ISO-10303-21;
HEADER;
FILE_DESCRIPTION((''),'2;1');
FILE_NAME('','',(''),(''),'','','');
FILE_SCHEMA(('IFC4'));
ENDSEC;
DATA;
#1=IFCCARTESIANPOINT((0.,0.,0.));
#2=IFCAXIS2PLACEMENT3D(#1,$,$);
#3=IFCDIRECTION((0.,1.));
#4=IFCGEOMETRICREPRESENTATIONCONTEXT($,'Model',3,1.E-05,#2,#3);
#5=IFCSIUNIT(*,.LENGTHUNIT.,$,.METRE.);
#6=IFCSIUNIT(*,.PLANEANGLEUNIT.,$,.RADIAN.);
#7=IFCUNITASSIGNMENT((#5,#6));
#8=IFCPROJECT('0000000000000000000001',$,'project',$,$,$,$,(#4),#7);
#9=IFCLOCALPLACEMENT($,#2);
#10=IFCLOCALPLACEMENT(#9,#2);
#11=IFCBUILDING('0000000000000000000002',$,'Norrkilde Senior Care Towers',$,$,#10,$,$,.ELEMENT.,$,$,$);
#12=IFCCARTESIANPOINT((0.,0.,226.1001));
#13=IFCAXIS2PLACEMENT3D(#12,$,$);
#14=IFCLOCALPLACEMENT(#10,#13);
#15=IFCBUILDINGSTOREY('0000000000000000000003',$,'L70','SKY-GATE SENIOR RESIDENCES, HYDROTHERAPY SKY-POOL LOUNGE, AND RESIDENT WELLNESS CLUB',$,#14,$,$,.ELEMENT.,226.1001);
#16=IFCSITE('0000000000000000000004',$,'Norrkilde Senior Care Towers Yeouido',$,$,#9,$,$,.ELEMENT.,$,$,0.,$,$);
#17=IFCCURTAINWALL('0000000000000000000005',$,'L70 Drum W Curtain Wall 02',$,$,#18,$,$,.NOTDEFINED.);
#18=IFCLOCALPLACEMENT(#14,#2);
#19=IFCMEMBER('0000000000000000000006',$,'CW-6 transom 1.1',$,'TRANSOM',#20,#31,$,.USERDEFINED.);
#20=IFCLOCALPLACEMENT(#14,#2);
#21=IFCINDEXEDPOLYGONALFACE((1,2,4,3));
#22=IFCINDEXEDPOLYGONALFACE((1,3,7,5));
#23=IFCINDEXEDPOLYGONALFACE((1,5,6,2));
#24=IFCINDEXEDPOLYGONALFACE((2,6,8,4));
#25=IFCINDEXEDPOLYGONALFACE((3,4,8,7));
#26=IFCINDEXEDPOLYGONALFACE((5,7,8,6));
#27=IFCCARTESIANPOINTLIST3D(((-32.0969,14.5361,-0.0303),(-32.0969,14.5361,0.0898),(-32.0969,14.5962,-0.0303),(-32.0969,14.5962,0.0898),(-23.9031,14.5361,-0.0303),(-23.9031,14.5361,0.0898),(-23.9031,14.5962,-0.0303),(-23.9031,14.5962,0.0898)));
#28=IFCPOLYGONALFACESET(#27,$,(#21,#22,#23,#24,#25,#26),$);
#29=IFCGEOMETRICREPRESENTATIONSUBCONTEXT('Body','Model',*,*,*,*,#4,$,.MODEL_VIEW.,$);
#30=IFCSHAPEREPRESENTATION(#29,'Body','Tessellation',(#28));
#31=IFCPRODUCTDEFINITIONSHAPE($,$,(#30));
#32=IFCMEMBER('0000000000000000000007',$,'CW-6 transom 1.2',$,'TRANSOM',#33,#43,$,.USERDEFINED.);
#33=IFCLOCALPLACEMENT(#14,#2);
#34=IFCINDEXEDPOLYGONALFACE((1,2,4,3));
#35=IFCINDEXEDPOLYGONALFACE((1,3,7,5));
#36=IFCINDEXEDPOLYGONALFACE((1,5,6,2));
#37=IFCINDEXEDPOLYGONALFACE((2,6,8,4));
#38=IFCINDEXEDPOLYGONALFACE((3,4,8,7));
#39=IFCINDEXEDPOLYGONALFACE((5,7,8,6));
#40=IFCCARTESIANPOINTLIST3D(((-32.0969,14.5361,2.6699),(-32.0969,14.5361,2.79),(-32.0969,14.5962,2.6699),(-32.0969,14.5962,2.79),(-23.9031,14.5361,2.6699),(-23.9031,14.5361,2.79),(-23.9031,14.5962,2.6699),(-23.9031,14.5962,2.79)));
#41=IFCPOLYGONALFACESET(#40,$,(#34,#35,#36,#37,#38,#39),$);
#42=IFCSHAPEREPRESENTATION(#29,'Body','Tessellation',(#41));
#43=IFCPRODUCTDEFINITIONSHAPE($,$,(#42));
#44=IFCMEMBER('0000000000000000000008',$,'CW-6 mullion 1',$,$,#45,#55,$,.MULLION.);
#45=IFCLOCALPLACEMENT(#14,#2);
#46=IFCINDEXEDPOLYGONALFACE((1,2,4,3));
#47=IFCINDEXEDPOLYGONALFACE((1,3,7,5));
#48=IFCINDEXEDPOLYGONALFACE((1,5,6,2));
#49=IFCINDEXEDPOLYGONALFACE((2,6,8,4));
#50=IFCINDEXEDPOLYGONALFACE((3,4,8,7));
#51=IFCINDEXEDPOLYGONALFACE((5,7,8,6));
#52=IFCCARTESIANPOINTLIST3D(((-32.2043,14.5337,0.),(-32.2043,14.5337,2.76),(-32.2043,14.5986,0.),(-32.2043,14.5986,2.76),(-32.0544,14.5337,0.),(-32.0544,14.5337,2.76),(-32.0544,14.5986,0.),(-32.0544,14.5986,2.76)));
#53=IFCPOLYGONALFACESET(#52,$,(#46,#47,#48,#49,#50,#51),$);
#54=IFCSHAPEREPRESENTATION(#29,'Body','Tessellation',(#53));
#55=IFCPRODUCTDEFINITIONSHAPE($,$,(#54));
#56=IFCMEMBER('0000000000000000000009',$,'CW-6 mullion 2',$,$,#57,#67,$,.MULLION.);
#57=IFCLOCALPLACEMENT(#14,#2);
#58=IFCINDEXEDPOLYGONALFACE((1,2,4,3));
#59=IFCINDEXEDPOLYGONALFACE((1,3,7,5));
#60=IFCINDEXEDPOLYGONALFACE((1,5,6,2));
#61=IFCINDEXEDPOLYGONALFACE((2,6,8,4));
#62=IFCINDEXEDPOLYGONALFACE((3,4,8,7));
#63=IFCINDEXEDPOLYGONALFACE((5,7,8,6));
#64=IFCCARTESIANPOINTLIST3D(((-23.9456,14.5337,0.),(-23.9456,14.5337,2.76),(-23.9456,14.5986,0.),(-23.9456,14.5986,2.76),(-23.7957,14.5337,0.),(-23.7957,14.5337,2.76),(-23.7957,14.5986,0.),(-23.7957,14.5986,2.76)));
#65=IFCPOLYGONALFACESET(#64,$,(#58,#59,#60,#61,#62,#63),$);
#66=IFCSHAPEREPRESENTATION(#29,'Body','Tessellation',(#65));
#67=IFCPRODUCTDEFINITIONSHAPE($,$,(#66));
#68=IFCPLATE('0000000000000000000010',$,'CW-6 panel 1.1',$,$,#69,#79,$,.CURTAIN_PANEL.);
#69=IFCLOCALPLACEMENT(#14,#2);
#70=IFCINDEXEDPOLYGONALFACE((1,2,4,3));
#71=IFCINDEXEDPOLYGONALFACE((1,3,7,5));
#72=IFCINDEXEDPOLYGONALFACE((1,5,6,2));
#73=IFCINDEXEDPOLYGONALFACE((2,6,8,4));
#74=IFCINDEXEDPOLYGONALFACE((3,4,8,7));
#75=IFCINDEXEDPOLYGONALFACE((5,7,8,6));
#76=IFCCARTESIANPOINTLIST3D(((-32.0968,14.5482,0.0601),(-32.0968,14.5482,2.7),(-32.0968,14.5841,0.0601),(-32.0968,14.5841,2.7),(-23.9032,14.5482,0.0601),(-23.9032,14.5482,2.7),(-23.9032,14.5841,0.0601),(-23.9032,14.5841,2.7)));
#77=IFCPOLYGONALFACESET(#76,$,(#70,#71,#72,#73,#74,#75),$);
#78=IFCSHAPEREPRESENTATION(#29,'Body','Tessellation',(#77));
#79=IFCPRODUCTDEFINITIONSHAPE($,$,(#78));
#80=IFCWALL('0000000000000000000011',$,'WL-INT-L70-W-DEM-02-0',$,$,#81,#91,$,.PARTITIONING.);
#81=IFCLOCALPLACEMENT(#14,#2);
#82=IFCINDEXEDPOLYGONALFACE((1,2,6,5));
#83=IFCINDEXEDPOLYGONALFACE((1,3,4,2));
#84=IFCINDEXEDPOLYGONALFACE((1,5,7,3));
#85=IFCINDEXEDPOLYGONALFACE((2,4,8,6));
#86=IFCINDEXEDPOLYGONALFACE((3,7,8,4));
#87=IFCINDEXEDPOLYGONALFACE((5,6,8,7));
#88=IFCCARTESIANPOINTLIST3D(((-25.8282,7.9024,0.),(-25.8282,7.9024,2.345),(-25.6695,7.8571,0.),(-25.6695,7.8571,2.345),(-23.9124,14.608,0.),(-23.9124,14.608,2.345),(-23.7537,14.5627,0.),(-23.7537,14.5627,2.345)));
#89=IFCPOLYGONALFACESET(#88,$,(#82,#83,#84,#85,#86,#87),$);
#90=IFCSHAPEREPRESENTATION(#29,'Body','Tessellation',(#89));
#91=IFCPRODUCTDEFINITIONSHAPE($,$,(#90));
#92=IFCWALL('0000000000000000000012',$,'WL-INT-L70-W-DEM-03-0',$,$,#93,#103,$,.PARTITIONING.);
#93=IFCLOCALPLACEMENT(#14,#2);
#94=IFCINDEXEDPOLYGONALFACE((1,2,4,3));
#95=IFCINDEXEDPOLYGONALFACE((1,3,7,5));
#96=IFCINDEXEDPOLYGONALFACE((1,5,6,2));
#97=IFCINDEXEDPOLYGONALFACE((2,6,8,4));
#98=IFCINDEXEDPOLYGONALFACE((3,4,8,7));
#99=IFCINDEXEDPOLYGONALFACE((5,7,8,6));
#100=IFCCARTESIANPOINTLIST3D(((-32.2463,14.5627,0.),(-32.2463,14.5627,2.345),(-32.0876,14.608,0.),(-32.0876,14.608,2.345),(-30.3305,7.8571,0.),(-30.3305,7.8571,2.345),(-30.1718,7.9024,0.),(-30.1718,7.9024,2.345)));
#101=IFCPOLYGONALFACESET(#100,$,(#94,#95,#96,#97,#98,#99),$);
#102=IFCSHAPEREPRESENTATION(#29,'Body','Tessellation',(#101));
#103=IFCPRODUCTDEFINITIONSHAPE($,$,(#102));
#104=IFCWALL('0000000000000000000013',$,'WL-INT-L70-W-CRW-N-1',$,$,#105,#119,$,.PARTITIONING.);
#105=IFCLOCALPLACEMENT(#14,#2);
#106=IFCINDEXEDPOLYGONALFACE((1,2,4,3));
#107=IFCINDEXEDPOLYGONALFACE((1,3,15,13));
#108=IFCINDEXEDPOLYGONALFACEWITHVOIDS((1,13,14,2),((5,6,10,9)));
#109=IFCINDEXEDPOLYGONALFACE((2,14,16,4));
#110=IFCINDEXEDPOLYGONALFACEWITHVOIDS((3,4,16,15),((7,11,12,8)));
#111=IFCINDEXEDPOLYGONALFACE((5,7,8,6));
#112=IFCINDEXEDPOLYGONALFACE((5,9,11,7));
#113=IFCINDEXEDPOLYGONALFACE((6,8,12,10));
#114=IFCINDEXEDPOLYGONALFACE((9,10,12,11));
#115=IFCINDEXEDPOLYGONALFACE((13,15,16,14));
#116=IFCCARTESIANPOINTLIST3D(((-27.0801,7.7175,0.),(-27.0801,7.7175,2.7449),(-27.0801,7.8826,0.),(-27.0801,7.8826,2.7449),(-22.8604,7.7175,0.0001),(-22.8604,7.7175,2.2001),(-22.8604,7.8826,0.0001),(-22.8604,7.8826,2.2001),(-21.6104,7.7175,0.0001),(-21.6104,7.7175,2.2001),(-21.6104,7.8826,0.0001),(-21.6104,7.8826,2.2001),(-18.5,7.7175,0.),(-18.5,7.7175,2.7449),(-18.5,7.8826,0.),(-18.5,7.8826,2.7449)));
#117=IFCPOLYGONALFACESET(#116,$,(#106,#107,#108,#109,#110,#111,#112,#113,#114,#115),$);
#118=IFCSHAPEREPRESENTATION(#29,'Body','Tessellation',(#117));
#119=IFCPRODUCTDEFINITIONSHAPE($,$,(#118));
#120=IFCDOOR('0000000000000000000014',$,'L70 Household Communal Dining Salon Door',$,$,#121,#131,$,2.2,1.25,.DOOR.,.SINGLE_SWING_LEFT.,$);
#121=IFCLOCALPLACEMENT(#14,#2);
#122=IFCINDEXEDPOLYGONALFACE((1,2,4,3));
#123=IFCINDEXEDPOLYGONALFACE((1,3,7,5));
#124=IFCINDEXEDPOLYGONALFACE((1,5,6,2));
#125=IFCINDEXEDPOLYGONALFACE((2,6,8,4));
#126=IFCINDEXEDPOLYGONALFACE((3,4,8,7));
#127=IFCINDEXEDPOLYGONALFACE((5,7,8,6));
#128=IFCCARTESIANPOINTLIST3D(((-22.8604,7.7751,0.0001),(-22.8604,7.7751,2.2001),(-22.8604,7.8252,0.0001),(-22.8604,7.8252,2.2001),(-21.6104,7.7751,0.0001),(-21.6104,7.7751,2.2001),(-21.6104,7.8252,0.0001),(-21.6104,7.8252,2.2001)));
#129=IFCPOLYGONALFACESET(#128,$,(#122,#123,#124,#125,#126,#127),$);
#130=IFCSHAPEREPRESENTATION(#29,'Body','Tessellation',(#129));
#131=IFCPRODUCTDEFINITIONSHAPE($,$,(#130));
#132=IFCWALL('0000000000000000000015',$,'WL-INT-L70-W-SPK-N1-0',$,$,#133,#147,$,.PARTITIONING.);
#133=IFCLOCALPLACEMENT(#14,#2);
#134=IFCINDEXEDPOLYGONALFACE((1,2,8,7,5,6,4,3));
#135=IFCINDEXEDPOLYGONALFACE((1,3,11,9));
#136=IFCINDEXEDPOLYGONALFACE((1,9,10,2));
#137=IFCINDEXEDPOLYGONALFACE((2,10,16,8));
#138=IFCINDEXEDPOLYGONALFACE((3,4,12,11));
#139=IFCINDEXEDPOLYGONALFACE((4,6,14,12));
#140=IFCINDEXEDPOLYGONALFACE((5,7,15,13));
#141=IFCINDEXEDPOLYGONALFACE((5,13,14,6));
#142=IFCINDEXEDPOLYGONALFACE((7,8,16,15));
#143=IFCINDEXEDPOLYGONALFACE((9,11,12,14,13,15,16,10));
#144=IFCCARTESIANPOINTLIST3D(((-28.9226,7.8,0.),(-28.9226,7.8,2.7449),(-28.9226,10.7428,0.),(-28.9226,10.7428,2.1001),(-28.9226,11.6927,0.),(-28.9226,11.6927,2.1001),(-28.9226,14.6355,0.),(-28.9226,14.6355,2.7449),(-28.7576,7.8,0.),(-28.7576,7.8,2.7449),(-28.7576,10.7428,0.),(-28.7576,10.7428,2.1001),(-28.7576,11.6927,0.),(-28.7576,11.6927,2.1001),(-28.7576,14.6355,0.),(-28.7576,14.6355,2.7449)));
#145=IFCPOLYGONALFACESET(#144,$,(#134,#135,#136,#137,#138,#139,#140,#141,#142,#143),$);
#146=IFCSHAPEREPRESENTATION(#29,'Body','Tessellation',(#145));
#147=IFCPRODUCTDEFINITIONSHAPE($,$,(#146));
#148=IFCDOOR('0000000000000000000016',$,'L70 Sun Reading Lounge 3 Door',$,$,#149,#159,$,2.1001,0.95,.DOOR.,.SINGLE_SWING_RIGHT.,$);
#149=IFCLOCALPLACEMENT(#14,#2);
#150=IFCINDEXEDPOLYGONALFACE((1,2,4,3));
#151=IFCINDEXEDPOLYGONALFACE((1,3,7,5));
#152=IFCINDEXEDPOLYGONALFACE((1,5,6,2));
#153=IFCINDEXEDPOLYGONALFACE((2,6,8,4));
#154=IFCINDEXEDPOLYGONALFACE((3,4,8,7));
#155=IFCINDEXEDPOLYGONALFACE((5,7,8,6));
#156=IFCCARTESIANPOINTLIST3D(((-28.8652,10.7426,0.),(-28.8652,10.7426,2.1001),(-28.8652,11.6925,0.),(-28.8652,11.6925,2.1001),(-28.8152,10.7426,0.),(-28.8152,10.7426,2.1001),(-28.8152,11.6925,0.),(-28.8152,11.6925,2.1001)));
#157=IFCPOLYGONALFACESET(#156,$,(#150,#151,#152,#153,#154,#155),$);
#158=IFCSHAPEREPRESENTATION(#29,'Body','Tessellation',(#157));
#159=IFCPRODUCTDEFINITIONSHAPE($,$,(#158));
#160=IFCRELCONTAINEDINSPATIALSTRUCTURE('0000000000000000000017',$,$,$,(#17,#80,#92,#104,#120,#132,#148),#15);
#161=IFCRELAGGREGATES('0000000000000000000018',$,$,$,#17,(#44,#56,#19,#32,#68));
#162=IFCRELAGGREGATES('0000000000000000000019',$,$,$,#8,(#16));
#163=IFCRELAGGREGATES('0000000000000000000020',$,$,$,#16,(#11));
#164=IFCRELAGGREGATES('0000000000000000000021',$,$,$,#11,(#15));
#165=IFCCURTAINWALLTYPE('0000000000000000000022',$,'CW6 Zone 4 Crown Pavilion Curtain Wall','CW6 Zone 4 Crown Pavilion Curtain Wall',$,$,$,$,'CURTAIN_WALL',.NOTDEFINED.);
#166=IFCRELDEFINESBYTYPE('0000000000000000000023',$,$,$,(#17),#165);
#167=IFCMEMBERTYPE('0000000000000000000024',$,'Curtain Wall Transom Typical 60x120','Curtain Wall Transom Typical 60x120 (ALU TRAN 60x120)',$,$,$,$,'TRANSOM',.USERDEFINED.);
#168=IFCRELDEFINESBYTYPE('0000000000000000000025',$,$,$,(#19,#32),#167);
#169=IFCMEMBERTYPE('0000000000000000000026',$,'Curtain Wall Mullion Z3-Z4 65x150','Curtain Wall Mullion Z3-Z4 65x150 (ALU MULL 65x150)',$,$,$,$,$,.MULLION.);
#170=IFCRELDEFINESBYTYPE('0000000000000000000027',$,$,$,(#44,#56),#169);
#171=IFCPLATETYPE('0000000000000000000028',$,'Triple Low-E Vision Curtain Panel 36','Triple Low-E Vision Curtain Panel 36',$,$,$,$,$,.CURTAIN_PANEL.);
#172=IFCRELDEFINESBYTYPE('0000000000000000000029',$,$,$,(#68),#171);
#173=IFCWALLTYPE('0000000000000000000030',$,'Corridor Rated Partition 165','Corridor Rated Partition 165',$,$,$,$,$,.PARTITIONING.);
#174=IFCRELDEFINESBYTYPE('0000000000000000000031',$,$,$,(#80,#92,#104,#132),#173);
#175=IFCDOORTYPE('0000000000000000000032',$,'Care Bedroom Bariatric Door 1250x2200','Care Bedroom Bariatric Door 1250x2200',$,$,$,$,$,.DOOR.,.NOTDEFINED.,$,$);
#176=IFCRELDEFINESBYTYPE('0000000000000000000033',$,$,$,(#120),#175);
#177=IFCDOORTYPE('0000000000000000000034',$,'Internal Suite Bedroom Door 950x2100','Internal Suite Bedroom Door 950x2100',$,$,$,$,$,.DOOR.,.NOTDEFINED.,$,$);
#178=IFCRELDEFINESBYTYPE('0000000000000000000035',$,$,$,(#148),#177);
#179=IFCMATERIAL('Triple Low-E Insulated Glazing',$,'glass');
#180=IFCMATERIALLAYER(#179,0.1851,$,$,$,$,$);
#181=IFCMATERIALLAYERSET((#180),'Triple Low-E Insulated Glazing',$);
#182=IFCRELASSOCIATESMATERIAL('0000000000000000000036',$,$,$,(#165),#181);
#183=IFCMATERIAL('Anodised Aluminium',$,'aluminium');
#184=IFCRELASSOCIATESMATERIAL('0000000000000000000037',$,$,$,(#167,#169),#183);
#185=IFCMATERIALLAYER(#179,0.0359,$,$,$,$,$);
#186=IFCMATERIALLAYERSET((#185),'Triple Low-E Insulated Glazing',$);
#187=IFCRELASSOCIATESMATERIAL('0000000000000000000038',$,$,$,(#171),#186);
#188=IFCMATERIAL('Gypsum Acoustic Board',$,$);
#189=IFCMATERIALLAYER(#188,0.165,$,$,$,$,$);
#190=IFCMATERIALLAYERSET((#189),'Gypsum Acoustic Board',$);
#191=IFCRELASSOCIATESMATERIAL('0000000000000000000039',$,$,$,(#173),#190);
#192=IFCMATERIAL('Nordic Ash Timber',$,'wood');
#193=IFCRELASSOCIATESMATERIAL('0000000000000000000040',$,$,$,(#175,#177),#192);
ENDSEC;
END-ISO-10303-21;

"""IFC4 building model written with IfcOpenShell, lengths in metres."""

from ifc_helpers import new_model, si_unit, direction, frame, frame_2d, origin, origin_2d, place, context, subcontext, project, spatial, rectangle, extrude, source, transform, mapped, material, layer, layer_set, material_profile, profile_set, type_object, type_shapes, element, fill, aggregate, save


model = new_model("IFC4")

# Units and contexts
model_context = context("Model", 3, precision=1e-05, world=origin(), true_north=direction((0.0, 1.0)))
body_context = subcontext(model_context, "Body", "Model", "MODEL_VIEW")
ifc_project = project(units=[si_unit("LENGTHUNIT", "METRE"), si_unit("PLANEANGLEUNIT", "RADIAN")], contexts=[model_context])

# Site, building, storey
site_placement = place(None, origin())
site = spatial("IfcSite", under=ifc_project, at=site_placement, Name="Norrkilde Senior Care Towers Yeouido", CompositionType="ELEMENT", RefElevation=0.0)
building_placement = place(site_placement, origin())
building = spatial("IfcBuilding", under=site, at=building_placement, Name="Norrkilde Senior Care Towers", CompositionType="ELEMENT")
storey_placement = place(building_placement, frame((0.0, 0.0, 226.1001)))
storey = spatial("IfcBuildingStorey", under=building, at=storey_placement, Name="L70", Description="SKY-GATE SENIOR RESIDENCES, HYDROTHERAPY SKY-POOL LOUNGE, AND RESIDENT WELLNESS CLUB", CompositionType="ELEMENT", Elevation=226.1001)

# Curtain wall, members, plate
ifc_material_1 = material(Name="Triple Low-E Insulated Glazing", Category="glass")
ifc_layer_1 = layer(ifc_material_1, 0.1851)
ifc_layer_set_1 = layer_set([ifc_layer_1], Name="Triple Low-E Insulated Glazing")
curtain_wall_type = type_object("IfcCurtainWallType", Name="CW6 Zone 4 Crown Pavilion Curtain Wall", Description="CW6 Zone 4 Crown Pavilion Curtain Wall", ElementType="CURTAIN_WALL", PredefinedType="NOTDEFINED", material=ifc_layer_set_1)
curtain_wall_placement = place(storey_placement, origin())
curtain_wall = element("IfcCurtainWall", 1, at=curtain_wall_placement, inside=storey, type_object=curtain_wall_type, Name="L70 Drum W Curtain Wall 02", PredefinedType="NOTDEFINED")
ifc_material_2 = material(Name="Anodised Aluminium", Category="aluminium")
ifc_material_profile_1 = material_profile(ifc_material_2, rectangle(XDim=0.0601, YDim=0.1201, at=origin_2d()), Name="ALU TRAN 60x120")
ifc_profile_set_1 = profile_set([ifc_material_profile_1], Name="Anodised Aluminium")
member_type_1 = type_object("IfcMemberType", Name="Curtain Wall Transom Typical 60x120", Description="Curtain Wall Transom Typical 60x120 (ALU TRAN 60x120)", ElementType="TRANSOM", PredefinedType="USERDEFINED", material=ifc_profile_set_1)
shared_shape_1 = source(origin(), body_context, "Body", "SweptSolid", [
    extrude(rectangle(XDim=0.0601, YDim=0.1201, at=origin_2d()), origin(), (0.0, 0.0, 1.0), 8.1938),
])
type_shapes(member_type_1, [shared_shape_1])
member_1_placement = place(storey_placement, frame((-32.0969, 14.5662, 0.0298), z_axis=(1.0, 0.0, 0.0), x_axis=(0.0, 1.0, 0.0)))
member_1 = element("IfcMember", 2, at=member_1_placement, type_object=member_type_1, Name="CW-6 transom 1.1", ObjectType="TRANSOM", PredefinedType="USERDEFINED", context=body_context, shape_type="MappedRepresentation", body=[
    mapped(shared_shape_1, transform((0.0, 0.0, 0.0), x_axis=(1.0, 0.0, 0.0), y_axis=(0.0, 1.0, 0.0), z_axis=(0.0, 0.0, 1.0), scale=1.0)),
])
member_2_placement = place(storey_placement, frame((-32.0969, 14.5662, 2.73), z_axis=(1.0, 0.0, 0.0), x_axis=(0.0, 1.0, 0.0)))
member_2 = element("IfcMember", 3, at=member_2_placement, type_object=member_type_1, Name="CW-6 transom 1.2", ObjectType="TRANSOM", PredefinedType="USERDEFINED", context=body_context, shape_type="MappedRepresentation", body=[
    mapped(shared_shape_1, transform((0.0, 0.0, 0.0), x_axis=(1.0, 0.0, 0.0), y_axis=(0.0, 1.0, 0.0), z_axis=(0.0, 0.0, 1.0), scale=1.0)),
])
ifc_material_profile_2 = material_profile(ifc_material_2, rectangle(XDim=0.0649, YDim=0.1499, at=origin_2d()), Name="ALU MULL 65x150")
ifc_profile_set_2 = profile_set([ifc_material_profile_2], Name="Anodised Aluminium")
member_type_2 = type_object("IfcMemberType", Name="Curtain Wall Mullion Z3-Z4 65x150", Description="Curtain Wall Mullion Z3-Z4 65x150 (ALU MULL 65x150)", PredefinedType="MULLION", material=ifc_profile_set_2)
shared_shape_2 = source(origin(), body_context, "Body", "SweptSolid", [
    extrude(rectangle(XDim=0.0649, YDim=0.1499, at=origin_2d()), origin(), (0.0, 0.0, 1.0), 2.76),
])
type_shapes(member_type_2, [shared_shape_2])
member_3_placement = place(storey_placement, frame((-32.1294, 14.5662, 0.0), z_axis=(0.0, 0.0, 1.0), x_axis=(0.0, 1.0, 0.0)))
member_3 = element("IfcMember", 4, at=member_3_placement, type_object=member_type_2, Name="CW-6 mullion 1", PredefinedType="MULLION", context=body_context, shape_type="MappedRepresentation", body=[
    mapped(shared_shape_2, transform((0.0, 0.0, 0.0), x_axis=(1.0, 0.0, 0.0), y_axis=(0.0, 1.0, 0.0), z_axis=(0.0, 0.0, 1.0), scale=1.0)),
])
member_4_placement = place(storey_placement, frame((-23.8706, 14.5662, 0.0), z_axis=(0.0, 0.0, 1.0), x_axis=(0.0, 1.0, 0.0)))
member_4 = element("IfcMember", 5, at=member_4_placement, type_object=member_type_2, Name="CW-6 mullion 2", PredefinedType="MULLION", context=body_context, shape_type="MappedRepresentation", body=[
    mapped(shared_shape_2, transform((0.0, 0.0, 0.0), x_axis=(1.0, 0.0, 0.0), y_axis=(0.0, 1.0, 0.0), z_axis=(0.0, 0.0, 1.0), scale=1.0)),
])
ifc_layer_2 = layer(ifc_material_1, 0.0359)
ifc_layer_set_2 = layer_set([ifc_layer_2], Name="Triple Low-E Insulated Glazing")
plate_type = type_object("IfcPlateType", Name="Triple Low-E Vision Curtain Panel 36", Description="Triple Low-E Vision Curtain Panel 36", PredefinedType="CURTAIN_PANEL", material=ifc_layer_set_2)
shared_shape_3 = source(origin(), body_context, "Body", "SweptSolid", [
    extrude(rectangle(XDim=8.1936, YDim=0.0359, at=origin_2d()), origin(), (0.0, 0.0, 1.0), 2.6399),
])
type_shapes(plate_type, [shared_shape_3])
plate_placement = place(storey_placement, frame((-28.0, 14.5662, 0.0601), z_axis=(0.0, 0.0, 1.0), x_axis=(1.0, 0.0, 0.0)))
plate = element("IfcPlate", 6, at=plate_placement, type_object=plate_type, Name="CW-6 panel 1.1", PredefinedType="CURTAIN_PANEL", context=body_context, shape_type="MappedRepresentation", body=[
    mapped(shared_shape_3, transform((0.0, 0.0, 0.0), x_axis=(1.0, 0.0, 0.0), y_axis=(0.0, 1.0, 0.0), z_axis=(0.0, 0.0, 1.0), scale=1.0)),
])
aggregate(curtain_wall, [member_3, member_4, member_1, member_2, plate])

# Walls
ifc_material_3 = material(Name="Gypsum Acoustic Board")
ifc_layer_3 = layer(ifc_material_3, 0.165)
ifc_layer_set_3 = layer_set([ifc_layer_3], Name="Gypsum Acoustic Board")
wall_type = type_object("IfcWallType", Name="Corridor Rated Partition 165", Description="Corridor Rated Partition 165", PredefinedType="PARTITIONING", material=ifc_layer_set_3)
shared_shape_4 = source(origin(), body_context, "Body", "SweptSolid", [
    extrude(rectangle(XDim=6.9739, YDim=0.165, at=frame_2d((3.4868, 0.0))), origin(), (0.0, 0.0, 1.0), 2.345),
])
for number, where, z_axis, x_axis, name in (
    (7, (-25.7488, 7.8799, 0.0), (0.0, 0.0, 1.0), (0.274707, 0.961528, 0.0), "WL-INT-L70-W-DEM-02-0"),
    (8, (-30.2512, 7.8799, 0.0), (0.0, 0.0, 1.0), (-0.274707, 0.961528, 0.0), "WL-INT-L70-W-DEM-03-0"),
):
    element("IfcWall", number, at=place(storey_placement, frame(where, z_axis=z_axis, x_axis=x_axis)), inside=storey, type_object=wall_type, Name=name, PredefinedType="PARTITIONING", context=body_context, shape_type="MappedRepresentation", body=[
        mapped(shared_shape_4, transform((0.0, 0.0, 0.0), x_axis=(1.0, 0.0, 0.0), y_axis=(0.0, 1.0, 0.0), z_axis=(0.0, 0.0, 1.0), scale=1.0)),
    ])

# Walls, openings, doors
shared_shape_5 = source(origin(), body_context, "Body", "SweptSolid", [
    extrude(rectangle(XDim=8.5801, YDim=0.165, at=frame_2d((4.29, 0.0))), origin(), (0.0, 0.0, 1.0), 2.7449),
])
wall_1_placement = place(storey_placement, frame((-27.0801, 7.8, 0.0), z_axis=(0.0, 0.0, 1.0), x_axis=(1.0, 0.0, 0.0)))
wall_1 = element("IfcWall", 9, at=wall_1_placement, inside=storey, type_object=wall_type, Name="WL-INT-L70-W-CRW-N-1", PredefinedType="PARTITIONING", context=body_context, shape_type="MappedRepresentation", body=[
    mapped(shared_shape_5, transform((0.0, 0.0, 0.0), x_axis=(1.0, 0.0, 0.0), y_axis=(0.0, 1.0, 0.0), z_axis=(0.0, 0.0, 1.0), scale=1.0)),
])
opening_1_placement = place(wall_1_placement, frame((4.2197, 0.0, 0.0)))
opening_1 = element("IfcOpeningElement", 10, at=opening_1_placement, cuts=wall_1, PredefinedType="OPENING", context=body_context, shape_type="SweptSolid", body=[
    extrude(rectangle(XDim=1.25, YDim=2.2, at=frame_2d((0.625, 1.1001))), frame((0.0, 0.0925, 0.0), z_axis=(0.0, -1.0, 0.0), x_axis=(1.0, 0.0, 0.0)), (0.0, 0.0, 1.0), 0.1851),
])
ifc_material_4 = material(Name="Nordic Ash Timber", Category="wood")
door_type_1 = type_object("IfcDoorType", Name="Care Bedroom Bariatric Door 1250x2200", Description="Care Bedroom Bariatric Door 1250x2200", OperationType="NOTDEFINED", PredefinedType="DOOR", material=ifc_material_4)
shared_shape_6 = source(origin(), body_context, "Body", "SweptSolid", [
    extrude(rectangle(XDim=1.25, YDim=2.2, at=frame_2d((0.625, 1.1001))), frame((0.0, 0.0249, 0.0), z_axis=(0.0, -1.0, 0.0), x_axis=(1.0, 0.0, 0.0)), (0.0, 0.0, 1.0), 0.05),
])
type_shapes(door_type_1, [shared_shape_6])
door_1_placement = place(opening_1_placement, frame((1.25, 0.0, 0.0), z_axis=(0.0, 0.0, 1.0), x_axis=(-1.0, 0.0, 0.0)))
door_1 = element("IfcDoor", 11, at=door_1_placement, inside=storey, type_object=door_type_1, Name="L70 Household Communal Dining Salon Door", OperationType="SINGLE_SWING_LEFT", OverallHeight=2.2, OverallWidth=1.25, PredefinedType="DOOR", context=body_context, shape_type="MappedRepresentation", body=[
    mapped(shared_shape_6, transform((0.0, 0.0, 0.0), x_axis=(1.0, 0.0, 0.0), y_axis=(0.0, 1.0, 0.0), z_axis=(0.0, 0.0, 1.0), scale=1.0)),
])
fill(opening_1, door_1)
shared_shape_7 = source(origin(), body_context, "Body", "SweptSolid", [
    extrude(rectangle(XDim=6.8354, YDim=0.165, at=frame_2d((3.4177, 0.0))), origin(), (0.0, 0.0, 1.0), 2.7449),
])
type_shapes(wall_type, [shared_shape_4, shared_shape_5, shared_shape_7])
wall_2_placement = place(storey_placement, frame((-28.8401, 7.8, 0.0), z_axis=(0.0, 0.0, 1.0), x_axis=(0.0, 1.0, 0.0)))
wall_2 = element("IfcWall", 12, at=wall_2_placement, inside=storey, type_object=wall_type, Name="WL-INT-L70-W-SPK-N1-0", PredefinedType="PARTITIONING", context=body_context, shape_type="MappedRepresentation", body=[
    mapped(shared_shape_7, transform((0.0, 0.0, 0.0), x_axis=(1.0, 0.0, 0.0), y_axis=(0.0, 1.0, 0.0), z_axis=(0.0, 0.0, 1.0), scale=1.0)),
])
opening_2_placement = place(wall_2_placement, frame((2.9426, 0.0, 0.0)))
opening_2 = element("IfcOpeningElement", 13, at=opening_2_placement, cuts=wall_2, PredefinedType="OPENING", context=body_context, shape_type="SweptSolid", body=[
    extrude(rectangle(XDim=0.95, YDim=2.1001, at=frame_2d((0.4751, 1.05))), frame((0.0, 0.0925, 0.0), z_axis=(0.0, -1.0, 0.0), x_axis=(1.0, 0.0, 0.0)), (0.0, 0.0, 1.0), 0.1851),
])
door_type_2 = type_object("IfcDoorType", Name="Internal Suite Bedroom Door 950x2100", Description="Internal Suite Bedroom Door 950x2100", OperationType="NOTDEFINED", PredefinedType="DOOR", material=ifc_material_4)
shared_shape_8 = source(origin(), body_context, "Body", "SweptSolid", [
    extrude(rectangle(XDim=0.95, YDim=2.1001, at=frame_2d((0.4751, 1.05))), frame((0.0, 0.0249, 0.0), z_axis=(0.0, -1.0, 0.0), x_axis=(1.0, 0.0, 0.0)), (0.0, 0.0, 1.0), 0.05),
])
type_shapes(door_type_2, [shared_shape_8])
door_2_placement = place(opening_2_placement, frame((0.95, 0.0, 0.0), z_axis=(0.0, 0.0, 1.0), x_axis=(-1.0, 0.0, 0.0)))
door_2 = element("IfcDoor", 14, at=door_2_placement, inside=storey, type_object=door_type_2, Name="L70 Sun Reading Lounge 3 Door", OperationType="SINGLE_SWING_RIGHT", OverallHeight=2.1001, OverallWidth=0.95, PredefinedType="DOOR", context=body_context, shape_type="MappedRepresentation", body=[
    mapped(shared_shape_8, transform((0.0, 0.0, 0.0), x_axis=(1.0, 0.0, 0.0), y_axis=(0.0, 1.0, 0.0), z_axis=(0.0, 0.0, 1.0), scale=1.0)),
])
fill(opening_2, door_2)

save(model, "model.ifc")
